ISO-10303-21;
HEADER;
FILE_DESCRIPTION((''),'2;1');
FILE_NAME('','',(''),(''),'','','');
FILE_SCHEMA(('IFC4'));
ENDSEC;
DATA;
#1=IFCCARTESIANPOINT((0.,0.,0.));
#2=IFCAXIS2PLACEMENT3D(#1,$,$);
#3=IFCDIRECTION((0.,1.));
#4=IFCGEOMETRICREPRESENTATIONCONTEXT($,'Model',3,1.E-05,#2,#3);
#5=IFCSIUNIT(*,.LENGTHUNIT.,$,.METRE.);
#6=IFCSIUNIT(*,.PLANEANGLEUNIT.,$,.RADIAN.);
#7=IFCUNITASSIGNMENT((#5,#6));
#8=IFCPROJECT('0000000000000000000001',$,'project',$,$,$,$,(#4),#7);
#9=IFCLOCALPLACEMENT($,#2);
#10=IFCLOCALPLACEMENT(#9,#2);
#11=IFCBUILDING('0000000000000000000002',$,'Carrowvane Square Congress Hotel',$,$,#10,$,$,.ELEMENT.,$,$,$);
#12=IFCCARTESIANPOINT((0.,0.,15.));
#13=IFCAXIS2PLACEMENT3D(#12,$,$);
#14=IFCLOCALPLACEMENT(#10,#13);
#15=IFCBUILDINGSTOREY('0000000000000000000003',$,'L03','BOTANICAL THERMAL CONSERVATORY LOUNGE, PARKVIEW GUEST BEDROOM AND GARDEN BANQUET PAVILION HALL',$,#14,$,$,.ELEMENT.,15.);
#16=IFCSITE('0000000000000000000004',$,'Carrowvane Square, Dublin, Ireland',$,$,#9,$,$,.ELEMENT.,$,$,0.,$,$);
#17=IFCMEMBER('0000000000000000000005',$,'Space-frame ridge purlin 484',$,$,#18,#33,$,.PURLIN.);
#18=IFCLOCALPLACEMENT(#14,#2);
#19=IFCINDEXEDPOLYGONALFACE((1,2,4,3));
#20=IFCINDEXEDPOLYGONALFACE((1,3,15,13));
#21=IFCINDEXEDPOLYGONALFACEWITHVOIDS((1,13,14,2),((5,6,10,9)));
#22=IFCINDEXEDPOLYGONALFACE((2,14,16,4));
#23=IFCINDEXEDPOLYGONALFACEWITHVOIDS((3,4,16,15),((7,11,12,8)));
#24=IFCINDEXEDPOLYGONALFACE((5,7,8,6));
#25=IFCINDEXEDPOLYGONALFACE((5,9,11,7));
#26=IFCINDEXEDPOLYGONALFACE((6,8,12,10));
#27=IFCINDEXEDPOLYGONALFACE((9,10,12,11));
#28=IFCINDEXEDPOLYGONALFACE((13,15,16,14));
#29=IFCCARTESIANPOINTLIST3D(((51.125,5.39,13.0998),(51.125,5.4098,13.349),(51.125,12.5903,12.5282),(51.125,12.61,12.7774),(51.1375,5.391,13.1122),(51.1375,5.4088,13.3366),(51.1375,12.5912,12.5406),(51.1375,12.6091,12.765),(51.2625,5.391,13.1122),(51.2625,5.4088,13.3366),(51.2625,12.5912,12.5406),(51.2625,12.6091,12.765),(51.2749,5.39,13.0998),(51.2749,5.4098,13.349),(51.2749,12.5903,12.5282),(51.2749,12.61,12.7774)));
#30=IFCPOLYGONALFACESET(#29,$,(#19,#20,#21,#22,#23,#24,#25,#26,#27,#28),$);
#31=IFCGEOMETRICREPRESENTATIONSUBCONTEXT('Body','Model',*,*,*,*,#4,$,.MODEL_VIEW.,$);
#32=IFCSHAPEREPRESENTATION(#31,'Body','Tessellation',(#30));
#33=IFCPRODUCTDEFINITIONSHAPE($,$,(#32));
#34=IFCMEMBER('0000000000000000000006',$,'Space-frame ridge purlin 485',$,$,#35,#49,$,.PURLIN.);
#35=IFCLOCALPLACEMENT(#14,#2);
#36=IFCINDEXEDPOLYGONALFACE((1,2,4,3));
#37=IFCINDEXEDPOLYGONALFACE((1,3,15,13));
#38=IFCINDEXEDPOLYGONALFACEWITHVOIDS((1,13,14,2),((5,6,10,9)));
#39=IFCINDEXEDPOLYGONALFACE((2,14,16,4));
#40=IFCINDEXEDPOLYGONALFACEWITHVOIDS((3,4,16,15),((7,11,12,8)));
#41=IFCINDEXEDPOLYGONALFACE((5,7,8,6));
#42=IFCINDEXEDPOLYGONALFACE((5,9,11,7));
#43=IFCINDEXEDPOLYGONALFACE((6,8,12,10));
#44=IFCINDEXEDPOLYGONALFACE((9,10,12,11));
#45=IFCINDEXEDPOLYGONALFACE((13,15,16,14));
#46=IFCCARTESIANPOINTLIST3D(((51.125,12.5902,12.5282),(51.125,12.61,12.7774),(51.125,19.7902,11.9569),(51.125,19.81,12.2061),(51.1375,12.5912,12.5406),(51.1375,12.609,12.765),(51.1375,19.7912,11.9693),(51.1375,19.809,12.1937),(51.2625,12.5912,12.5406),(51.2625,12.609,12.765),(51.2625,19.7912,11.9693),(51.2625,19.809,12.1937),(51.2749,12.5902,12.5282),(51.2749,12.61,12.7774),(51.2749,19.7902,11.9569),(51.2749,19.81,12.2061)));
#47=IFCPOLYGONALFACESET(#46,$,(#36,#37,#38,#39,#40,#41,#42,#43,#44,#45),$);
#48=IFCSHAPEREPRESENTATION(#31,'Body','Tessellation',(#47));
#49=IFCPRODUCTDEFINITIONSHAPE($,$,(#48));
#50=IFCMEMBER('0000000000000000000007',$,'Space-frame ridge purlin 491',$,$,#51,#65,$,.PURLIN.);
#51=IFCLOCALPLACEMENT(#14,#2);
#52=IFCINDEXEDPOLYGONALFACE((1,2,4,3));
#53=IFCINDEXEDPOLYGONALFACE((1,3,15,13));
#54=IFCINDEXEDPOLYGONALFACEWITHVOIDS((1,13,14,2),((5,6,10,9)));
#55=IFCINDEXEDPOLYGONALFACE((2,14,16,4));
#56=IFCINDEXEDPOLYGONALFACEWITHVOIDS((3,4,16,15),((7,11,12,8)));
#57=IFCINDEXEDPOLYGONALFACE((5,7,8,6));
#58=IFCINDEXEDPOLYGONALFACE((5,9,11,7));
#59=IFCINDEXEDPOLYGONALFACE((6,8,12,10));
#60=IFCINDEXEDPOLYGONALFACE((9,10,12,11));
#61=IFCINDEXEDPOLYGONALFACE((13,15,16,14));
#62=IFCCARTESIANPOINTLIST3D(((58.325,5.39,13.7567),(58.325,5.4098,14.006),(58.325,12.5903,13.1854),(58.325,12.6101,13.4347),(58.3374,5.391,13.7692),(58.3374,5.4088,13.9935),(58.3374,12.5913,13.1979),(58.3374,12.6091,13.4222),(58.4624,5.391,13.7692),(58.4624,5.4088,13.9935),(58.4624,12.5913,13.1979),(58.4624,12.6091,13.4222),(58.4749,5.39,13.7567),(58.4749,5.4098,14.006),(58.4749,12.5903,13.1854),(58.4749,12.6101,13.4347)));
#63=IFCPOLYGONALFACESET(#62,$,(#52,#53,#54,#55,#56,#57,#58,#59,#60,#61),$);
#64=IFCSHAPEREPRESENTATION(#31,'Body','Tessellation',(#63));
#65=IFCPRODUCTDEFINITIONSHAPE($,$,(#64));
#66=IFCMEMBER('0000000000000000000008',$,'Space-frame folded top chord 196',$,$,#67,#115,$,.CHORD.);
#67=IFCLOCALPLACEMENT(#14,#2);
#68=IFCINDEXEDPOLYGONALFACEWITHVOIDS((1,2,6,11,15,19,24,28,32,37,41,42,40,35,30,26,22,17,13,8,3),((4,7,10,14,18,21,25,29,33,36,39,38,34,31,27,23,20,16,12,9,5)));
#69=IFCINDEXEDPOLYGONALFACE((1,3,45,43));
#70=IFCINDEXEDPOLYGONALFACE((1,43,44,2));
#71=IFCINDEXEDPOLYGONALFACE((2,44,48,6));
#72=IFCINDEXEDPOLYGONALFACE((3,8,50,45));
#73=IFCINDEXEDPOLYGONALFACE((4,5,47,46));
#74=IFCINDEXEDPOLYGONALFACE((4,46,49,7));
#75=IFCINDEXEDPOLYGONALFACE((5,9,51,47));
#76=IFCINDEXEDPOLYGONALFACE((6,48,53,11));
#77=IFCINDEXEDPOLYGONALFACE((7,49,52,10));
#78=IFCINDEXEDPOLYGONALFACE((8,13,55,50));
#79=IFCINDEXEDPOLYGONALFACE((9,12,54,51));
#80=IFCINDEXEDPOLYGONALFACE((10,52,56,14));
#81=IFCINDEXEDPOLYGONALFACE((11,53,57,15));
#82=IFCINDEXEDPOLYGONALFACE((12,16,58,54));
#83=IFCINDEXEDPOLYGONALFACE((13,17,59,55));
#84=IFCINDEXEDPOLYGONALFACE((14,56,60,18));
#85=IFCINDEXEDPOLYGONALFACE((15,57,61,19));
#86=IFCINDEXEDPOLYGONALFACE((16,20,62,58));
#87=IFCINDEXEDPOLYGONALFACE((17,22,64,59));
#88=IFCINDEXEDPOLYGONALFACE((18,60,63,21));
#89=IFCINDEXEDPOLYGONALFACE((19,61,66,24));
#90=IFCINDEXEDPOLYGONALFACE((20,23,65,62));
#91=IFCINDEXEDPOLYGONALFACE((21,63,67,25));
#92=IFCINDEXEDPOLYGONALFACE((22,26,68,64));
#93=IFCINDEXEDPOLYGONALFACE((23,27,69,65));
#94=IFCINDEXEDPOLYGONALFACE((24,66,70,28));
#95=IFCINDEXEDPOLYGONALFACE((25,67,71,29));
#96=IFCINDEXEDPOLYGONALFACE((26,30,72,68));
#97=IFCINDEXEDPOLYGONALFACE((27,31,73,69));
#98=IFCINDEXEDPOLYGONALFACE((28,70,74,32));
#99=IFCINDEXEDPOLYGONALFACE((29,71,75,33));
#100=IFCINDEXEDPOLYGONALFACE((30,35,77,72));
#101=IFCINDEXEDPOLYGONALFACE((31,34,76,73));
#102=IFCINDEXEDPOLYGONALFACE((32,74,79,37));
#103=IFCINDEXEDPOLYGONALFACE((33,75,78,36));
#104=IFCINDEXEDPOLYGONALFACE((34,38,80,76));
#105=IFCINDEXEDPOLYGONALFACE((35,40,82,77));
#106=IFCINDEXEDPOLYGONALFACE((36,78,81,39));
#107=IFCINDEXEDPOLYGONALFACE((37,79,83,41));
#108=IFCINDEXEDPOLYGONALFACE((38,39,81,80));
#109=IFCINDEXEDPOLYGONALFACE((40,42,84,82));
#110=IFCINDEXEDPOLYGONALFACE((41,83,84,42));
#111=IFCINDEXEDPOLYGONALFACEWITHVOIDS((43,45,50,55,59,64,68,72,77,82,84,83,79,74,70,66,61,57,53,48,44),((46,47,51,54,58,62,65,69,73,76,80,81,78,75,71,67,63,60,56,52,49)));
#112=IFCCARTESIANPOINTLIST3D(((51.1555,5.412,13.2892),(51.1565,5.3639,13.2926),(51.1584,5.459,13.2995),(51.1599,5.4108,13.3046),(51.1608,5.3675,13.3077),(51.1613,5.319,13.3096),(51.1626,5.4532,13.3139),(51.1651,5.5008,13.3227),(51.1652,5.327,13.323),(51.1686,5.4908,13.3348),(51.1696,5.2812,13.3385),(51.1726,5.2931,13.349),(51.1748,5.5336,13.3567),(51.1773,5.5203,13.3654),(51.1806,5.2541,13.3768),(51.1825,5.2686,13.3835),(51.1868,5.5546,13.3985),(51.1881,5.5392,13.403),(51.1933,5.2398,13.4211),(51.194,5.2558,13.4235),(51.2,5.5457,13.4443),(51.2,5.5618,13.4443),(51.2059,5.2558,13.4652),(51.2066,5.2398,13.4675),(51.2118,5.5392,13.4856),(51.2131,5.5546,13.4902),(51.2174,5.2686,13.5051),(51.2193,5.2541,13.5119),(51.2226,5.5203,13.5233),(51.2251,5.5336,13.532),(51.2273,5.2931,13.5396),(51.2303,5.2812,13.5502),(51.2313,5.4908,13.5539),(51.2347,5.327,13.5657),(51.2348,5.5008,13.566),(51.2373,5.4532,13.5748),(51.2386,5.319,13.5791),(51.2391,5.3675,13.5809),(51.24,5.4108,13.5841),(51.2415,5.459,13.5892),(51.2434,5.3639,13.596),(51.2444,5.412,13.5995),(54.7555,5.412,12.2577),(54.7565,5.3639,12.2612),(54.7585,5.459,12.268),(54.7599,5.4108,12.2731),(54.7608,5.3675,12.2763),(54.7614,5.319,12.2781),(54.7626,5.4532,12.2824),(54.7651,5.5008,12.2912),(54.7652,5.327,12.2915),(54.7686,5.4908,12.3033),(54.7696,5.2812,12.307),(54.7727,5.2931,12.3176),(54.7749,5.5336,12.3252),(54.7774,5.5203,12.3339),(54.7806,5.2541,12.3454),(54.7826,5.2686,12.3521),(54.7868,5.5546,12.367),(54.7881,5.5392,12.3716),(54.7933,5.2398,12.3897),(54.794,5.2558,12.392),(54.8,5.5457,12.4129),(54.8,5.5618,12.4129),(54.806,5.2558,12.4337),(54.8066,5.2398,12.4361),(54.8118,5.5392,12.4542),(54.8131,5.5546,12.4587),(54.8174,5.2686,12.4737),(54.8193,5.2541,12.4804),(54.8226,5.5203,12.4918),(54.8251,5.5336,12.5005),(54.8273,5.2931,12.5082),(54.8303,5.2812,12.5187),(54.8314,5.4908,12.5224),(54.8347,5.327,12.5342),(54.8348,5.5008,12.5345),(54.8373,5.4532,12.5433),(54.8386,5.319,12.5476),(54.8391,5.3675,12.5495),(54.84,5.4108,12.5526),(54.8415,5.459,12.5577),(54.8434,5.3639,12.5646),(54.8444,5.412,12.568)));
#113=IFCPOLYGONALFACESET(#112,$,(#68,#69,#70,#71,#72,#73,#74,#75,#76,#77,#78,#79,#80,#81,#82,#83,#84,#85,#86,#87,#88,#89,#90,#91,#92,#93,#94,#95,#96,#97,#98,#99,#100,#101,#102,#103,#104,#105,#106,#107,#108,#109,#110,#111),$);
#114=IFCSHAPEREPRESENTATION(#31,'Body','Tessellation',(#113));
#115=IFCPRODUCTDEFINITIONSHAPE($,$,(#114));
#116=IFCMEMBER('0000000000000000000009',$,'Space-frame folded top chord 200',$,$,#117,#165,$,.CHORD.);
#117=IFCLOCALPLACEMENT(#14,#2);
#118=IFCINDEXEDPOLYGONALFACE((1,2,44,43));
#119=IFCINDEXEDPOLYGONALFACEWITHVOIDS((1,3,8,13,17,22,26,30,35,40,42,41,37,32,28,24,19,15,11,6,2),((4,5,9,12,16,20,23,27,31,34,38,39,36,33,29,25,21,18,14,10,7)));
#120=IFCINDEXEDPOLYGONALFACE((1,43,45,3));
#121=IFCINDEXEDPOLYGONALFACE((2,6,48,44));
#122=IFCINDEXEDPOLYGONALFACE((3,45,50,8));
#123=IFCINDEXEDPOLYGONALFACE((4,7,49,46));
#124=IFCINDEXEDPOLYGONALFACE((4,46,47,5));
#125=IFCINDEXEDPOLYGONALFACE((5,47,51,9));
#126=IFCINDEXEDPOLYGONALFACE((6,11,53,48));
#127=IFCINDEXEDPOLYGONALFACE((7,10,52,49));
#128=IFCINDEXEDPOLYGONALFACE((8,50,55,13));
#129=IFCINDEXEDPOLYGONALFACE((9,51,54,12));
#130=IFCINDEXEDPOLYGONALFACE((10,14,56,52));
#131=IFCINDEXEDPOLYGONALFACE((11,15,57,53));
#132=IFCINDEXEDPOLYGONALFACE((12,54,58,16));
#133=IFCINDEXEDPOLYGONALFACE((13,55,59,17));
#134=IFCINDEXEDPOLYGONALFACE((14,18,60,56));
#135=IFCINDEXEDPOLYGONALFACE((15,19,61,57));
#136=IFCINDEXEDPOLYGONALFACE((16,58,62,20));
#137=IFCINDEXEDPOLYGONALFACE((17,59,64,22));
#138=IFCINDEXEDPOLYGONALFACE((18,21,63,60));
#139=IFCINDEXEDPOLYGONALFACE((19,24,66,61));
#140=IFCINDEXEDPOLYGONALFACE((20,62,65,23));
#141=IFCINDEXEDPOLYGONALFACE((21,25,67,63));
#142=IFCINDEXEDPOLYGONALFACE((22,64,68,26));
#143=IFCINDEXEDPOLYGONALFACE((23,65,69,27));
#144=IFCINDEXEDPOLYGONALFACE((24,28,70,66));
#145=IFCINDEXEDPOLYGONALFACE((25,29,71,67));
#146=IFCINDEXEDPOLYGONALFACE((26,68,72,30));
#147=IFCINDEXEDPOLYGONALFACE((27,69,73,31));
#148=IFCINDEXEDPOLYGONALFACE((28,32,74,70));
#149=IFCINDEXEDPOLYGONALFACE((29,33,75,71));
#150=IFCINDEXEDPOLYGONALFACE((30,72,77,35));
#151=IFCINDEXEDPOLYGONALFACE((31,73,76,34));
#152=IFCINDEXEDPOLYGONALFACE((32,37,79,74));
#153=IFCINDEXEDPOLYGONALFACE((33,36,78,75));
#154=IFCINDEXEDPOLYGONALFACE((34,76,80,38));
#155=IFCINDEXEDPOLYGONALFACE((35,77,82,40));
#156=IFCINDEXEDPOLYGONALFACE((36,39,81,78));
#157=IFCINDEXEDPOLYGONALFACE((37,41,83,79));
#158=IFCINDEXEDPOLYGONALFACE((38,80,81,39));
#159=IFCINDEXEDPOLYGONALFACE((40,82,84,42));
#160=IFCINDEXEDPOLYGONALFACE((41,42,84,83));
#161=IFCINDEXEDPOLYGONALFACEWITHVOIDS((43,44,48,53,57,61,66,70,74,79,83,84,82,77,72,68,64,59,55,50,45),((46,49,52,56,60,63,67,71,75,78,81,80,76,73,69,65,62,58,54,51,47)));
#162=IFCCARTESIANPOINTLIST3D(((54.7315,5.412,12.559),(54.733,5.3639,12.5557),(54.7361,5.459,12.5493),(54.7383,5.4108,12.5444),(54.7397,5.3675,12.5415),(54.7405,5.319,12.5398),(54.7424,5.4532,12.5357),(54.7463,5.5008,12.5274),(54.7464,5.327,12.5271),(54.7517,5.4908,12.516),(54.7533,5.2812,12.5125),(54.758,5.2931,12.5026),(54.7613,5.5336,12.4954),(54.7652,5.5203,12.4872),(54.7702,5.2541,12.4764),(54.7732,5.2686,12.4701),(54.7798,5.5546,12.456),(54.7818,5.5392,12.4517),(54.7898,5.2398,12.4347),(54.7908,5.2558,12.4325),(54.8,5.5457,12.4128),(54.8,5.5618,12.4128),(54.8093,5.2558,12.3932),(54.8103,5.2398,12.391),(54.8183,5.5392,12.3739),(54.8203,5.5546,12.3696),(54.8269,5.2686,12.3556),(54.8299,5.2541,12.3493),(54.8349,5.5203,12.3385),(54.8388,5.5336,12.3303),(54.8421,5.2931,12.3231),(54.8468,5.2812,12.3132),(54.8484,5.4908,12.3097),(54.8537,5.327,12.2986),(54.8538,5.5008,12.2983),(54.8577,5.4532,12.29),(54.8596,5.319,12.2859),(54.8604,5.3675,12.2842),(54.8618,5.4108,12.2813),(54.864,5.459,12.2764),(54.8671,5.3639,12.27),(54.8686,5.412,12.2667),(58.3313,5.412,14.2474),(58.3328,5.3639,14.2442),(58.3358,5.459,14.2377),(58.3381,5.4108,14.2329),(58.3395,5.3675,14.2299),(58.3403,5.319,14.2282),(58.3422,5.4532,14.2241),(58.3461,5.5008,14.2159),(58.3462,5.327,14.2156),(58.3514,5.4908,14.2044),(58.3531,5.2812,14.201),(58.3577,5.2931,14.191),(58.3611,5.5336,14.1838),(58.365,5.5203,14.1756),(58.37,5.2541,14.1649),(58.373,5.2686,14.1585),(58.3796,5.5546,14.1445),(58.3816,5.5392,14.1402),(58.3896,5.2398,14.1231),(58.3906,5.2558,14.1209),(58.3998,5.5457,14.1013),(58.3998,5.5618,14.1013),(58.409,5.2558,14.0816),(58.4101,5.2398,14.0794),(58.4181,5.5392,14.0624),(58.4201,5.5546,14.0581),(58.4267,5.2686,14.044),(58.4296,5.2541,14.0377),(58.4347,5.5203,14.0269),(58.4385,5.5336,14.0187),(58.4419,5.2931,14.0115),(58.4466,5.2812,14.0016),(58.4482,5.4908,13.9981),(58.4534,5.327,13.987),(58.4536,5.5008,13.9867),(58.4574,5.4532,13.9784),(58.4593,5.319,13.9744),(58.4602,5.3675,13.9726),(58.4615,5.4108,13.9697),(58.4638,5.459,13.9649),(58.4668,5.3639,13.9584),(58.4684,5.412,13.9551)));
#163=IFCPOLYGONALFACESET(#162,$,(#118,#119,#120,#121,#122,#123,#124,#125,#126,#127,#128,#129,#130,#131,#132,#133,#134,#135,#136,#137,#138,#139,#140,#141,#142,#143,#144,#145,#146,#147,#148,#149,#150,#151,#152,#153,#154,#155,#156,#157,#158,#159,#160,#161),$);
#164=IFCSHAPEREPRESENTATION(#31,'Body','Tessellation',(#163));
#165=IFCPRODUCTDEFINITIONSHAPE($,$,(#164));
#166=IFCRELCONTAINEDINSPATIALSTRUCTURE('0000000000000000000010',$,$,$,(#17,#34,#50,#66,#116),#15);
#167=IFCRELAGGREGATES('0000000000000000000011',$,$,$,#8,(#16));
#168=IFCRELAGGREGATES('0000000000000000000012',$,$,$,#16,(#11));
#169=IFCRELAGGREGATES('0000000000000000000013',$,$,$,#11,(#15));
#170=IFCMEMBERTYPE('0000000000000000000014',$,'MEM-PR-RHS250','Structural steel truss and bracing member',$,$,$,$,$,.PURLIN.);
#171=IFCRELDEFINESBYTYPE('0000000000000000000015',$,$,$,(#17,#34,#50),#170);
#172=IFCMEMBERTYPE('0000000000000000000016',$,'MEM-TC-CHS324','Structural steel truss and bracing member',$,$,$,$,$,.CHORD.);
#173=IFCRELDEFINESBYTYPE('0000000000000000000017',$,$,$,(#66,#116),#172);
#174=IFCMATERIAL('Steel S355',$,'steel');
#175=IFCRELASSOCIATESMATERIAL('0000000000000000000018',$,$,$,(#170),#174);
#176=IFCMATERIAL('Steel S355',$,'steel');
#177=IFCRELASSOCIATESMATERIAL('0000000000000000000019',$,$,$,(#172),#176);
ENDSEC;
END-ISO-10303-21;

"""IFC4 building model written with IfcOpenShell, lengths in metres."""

from ifc_helpers import new_model, si_unit, direction, frame, origin, origin_2d, place, context, subcontext, project, spatial, hollow_rectangle, hollow_circle, extrude, material, material_profile, profile_set, type_object, element, save


model = new_model("IFC4")

# Units and contexts
model_context = context("Model", 3, precision=1e-05, world=origin(), true_north=direction((0.0, 1.0)))
body_context = subcontext(model_context, "Body", "Model", "MODEL_VIEW")
ifc_project = project(units=[si_unit("LENGTHUNIT", "METRE"), si_unit("PLANEANGLEUNIT", "RADIAN")], contexts=[model_context])

# Site, building, storey
site_placement = place(None, origin())
site = spatial("IfcSite", under=ifc_project, at=site_placement, Name="Carrowvane Square, Dublin, Ireland", CompositionType="ELEMENT", RefElevation=0.0)
building_placement = place(site_placement, origin())
building = spatial("IfcBuilding", under=site, at=building_placement, Name="Carrowvane Square Congress Hotel", CompositionType="ELEMENT")
storey_placement = place(building_placement, frame((0.0, 0.0, 15.0)))
storey = spatial("IfcBuildingStorey", under=building, at=storey_placement, Name="L03", Description="BOTANICAL THERMAL CONSERVATORY LOUNGE, PARKVIEW GUEST BEDROOM AND GARDEN BANQUET PAVILION HALL", CompositionType="ELEMENT", Elevation=15.0)

# Members
ifc_material_1 = material(Name="Steel S355", Category="steel")
ifc_material_profile_1 = material_profile(ifc_material_1, hollow_rectangle(XDim=0.1499, YDim=0.25, WallThickness=0.0125, at=origin_2d()), Name="RHS 250x150x12.5")
ifc_profile_set_1 = profile_set([ifc_material_profile_1], Name="Steel S355")
member_type_1 = type_object("IfcMemberType", Name="MEM-PR-RHS250", Description="Structural steel truss and bracing member", PredefinedType="PURLIN", material=ifc_profile_set_1)
member_1_placement = place(storey_placement, frame((51.2, 5.3999, 13.2244), z_axis=(0.0, 0.996864, -0.079129), x_axis=(-1.0, 0.0, 0.0)))
element("IfcMember", 1, at=member_1_placement, inside=storey, type_object=member_type_1, Name="Space-frame ridge purlin 484", PredefinedType="PURLIN", context=body_context, shape_type="SweptSolid", body=[
    extrude(hollow_rectangle(XDim=0.1499, YDim=0.25, WallThickness=0.0125, at=origin_2d()), origin(), (0.0, 0.0, 1.0), 7.2229),
])
member_2_placement = place(storey_placement, frame((51.2, 12.6001, 12.6528), z_axis=(0.0, 0.996867, -0.079098), x_axis=(-1.0, 0.0, 0.0)))
element("IfcMember", 2, at=member_2_placement, inside=storey, type_object=member_type_1, Name="Space-frame ridge purlin 485", PredefinedType="PURLIN", context=body_context, shape_type="SweptSolid", body=[
    extrude(hollow_rectangle(XDim=0.1499, YDim=0.25, WallThickness=0.0125, at=origin_2d()), origin(), (0.0, 0.0, 1.0), 7.2227),
])
member_3_placement = place(storey_placement, frame((58.3999, 5.3999, 13.8813), z_axis=(0.0, 0.996867, -0.079095), x_axis=(-1.0, 0.0, 0.0)))
element("IfcMember", 3, at=member_3_placement, inside=storey, type_object=member_type_1, Name="Space-frame ridge purlin 491", PredefinedType="PURLIN", context=body_context, shape_type="SweptSolid", body=[
    extrude(hollow_rectangle(XDim=0.1499, YDim=0.25, WallThickness=0.0125, at=origin_2d()), origin(), (0.0, 0.0, 1.0), 7.2229),
])
ifc_material_2 = material(Name="Steel S355", Category="steel")
ifc_material_profile_2 = material_profile(ifc_material_2, hollow_circle(Radius=0.1619, WallThickness=0.0161, at=origin_2d()), Name="CHS 323.9x16")
ifc_profile_set_2 = profile_set([ifc_material_profile_2], Name="Steel S355")
member_type_2 = type_object("IfcMemberType", Name="MEM-TC-CHS324", Description="Structural steel truss and bracing member", PredefinedType="CHORD", material=ifc_profile_set_2)
member_4_placement = place(storey_placement, frame((51.2, 5.3999, 13.4443), z_axis=(0.961319, 0.0, -0.275436), x_axis=(0.0, 1.0, 0.0)))
element("IfcMember", 4, at=member_4_placement, inside=storey, type_object=member_type_2, Name="Space-frame folded top chord 196", PredefinedType="CHORD", context=body_context, shape_type="SweptSolid", body=[
    extrude(hollow_circle(Radius=0.1619, WallThickness=0.0161, at=origin_2d()), origin(), (0.0, 0.0, 1.0), 3.7449),
])
member_5_placement = place(storey_placement, frame((54.8, 5.3999, 12.4128), z_axis=(0.905358, 0.0, 0.424649), x_axis=(0.0, 1.0, 0.0)))
element("IfcMember", 5, at=member_5_placement, inside=storey, type_object=member_type_2, Name="Space-frame folded top chord 200", PredefinedType="CHORD", context=body_context, shape_type="SweptSolid", body=[
    extrude(hollow_circle(Radius=0.1619, WallThickness=0.0161, at=origin_2d()), origin(), (0.0, 0.0, 1.0), 3.9761),
])

save(model, "model.ifc")
